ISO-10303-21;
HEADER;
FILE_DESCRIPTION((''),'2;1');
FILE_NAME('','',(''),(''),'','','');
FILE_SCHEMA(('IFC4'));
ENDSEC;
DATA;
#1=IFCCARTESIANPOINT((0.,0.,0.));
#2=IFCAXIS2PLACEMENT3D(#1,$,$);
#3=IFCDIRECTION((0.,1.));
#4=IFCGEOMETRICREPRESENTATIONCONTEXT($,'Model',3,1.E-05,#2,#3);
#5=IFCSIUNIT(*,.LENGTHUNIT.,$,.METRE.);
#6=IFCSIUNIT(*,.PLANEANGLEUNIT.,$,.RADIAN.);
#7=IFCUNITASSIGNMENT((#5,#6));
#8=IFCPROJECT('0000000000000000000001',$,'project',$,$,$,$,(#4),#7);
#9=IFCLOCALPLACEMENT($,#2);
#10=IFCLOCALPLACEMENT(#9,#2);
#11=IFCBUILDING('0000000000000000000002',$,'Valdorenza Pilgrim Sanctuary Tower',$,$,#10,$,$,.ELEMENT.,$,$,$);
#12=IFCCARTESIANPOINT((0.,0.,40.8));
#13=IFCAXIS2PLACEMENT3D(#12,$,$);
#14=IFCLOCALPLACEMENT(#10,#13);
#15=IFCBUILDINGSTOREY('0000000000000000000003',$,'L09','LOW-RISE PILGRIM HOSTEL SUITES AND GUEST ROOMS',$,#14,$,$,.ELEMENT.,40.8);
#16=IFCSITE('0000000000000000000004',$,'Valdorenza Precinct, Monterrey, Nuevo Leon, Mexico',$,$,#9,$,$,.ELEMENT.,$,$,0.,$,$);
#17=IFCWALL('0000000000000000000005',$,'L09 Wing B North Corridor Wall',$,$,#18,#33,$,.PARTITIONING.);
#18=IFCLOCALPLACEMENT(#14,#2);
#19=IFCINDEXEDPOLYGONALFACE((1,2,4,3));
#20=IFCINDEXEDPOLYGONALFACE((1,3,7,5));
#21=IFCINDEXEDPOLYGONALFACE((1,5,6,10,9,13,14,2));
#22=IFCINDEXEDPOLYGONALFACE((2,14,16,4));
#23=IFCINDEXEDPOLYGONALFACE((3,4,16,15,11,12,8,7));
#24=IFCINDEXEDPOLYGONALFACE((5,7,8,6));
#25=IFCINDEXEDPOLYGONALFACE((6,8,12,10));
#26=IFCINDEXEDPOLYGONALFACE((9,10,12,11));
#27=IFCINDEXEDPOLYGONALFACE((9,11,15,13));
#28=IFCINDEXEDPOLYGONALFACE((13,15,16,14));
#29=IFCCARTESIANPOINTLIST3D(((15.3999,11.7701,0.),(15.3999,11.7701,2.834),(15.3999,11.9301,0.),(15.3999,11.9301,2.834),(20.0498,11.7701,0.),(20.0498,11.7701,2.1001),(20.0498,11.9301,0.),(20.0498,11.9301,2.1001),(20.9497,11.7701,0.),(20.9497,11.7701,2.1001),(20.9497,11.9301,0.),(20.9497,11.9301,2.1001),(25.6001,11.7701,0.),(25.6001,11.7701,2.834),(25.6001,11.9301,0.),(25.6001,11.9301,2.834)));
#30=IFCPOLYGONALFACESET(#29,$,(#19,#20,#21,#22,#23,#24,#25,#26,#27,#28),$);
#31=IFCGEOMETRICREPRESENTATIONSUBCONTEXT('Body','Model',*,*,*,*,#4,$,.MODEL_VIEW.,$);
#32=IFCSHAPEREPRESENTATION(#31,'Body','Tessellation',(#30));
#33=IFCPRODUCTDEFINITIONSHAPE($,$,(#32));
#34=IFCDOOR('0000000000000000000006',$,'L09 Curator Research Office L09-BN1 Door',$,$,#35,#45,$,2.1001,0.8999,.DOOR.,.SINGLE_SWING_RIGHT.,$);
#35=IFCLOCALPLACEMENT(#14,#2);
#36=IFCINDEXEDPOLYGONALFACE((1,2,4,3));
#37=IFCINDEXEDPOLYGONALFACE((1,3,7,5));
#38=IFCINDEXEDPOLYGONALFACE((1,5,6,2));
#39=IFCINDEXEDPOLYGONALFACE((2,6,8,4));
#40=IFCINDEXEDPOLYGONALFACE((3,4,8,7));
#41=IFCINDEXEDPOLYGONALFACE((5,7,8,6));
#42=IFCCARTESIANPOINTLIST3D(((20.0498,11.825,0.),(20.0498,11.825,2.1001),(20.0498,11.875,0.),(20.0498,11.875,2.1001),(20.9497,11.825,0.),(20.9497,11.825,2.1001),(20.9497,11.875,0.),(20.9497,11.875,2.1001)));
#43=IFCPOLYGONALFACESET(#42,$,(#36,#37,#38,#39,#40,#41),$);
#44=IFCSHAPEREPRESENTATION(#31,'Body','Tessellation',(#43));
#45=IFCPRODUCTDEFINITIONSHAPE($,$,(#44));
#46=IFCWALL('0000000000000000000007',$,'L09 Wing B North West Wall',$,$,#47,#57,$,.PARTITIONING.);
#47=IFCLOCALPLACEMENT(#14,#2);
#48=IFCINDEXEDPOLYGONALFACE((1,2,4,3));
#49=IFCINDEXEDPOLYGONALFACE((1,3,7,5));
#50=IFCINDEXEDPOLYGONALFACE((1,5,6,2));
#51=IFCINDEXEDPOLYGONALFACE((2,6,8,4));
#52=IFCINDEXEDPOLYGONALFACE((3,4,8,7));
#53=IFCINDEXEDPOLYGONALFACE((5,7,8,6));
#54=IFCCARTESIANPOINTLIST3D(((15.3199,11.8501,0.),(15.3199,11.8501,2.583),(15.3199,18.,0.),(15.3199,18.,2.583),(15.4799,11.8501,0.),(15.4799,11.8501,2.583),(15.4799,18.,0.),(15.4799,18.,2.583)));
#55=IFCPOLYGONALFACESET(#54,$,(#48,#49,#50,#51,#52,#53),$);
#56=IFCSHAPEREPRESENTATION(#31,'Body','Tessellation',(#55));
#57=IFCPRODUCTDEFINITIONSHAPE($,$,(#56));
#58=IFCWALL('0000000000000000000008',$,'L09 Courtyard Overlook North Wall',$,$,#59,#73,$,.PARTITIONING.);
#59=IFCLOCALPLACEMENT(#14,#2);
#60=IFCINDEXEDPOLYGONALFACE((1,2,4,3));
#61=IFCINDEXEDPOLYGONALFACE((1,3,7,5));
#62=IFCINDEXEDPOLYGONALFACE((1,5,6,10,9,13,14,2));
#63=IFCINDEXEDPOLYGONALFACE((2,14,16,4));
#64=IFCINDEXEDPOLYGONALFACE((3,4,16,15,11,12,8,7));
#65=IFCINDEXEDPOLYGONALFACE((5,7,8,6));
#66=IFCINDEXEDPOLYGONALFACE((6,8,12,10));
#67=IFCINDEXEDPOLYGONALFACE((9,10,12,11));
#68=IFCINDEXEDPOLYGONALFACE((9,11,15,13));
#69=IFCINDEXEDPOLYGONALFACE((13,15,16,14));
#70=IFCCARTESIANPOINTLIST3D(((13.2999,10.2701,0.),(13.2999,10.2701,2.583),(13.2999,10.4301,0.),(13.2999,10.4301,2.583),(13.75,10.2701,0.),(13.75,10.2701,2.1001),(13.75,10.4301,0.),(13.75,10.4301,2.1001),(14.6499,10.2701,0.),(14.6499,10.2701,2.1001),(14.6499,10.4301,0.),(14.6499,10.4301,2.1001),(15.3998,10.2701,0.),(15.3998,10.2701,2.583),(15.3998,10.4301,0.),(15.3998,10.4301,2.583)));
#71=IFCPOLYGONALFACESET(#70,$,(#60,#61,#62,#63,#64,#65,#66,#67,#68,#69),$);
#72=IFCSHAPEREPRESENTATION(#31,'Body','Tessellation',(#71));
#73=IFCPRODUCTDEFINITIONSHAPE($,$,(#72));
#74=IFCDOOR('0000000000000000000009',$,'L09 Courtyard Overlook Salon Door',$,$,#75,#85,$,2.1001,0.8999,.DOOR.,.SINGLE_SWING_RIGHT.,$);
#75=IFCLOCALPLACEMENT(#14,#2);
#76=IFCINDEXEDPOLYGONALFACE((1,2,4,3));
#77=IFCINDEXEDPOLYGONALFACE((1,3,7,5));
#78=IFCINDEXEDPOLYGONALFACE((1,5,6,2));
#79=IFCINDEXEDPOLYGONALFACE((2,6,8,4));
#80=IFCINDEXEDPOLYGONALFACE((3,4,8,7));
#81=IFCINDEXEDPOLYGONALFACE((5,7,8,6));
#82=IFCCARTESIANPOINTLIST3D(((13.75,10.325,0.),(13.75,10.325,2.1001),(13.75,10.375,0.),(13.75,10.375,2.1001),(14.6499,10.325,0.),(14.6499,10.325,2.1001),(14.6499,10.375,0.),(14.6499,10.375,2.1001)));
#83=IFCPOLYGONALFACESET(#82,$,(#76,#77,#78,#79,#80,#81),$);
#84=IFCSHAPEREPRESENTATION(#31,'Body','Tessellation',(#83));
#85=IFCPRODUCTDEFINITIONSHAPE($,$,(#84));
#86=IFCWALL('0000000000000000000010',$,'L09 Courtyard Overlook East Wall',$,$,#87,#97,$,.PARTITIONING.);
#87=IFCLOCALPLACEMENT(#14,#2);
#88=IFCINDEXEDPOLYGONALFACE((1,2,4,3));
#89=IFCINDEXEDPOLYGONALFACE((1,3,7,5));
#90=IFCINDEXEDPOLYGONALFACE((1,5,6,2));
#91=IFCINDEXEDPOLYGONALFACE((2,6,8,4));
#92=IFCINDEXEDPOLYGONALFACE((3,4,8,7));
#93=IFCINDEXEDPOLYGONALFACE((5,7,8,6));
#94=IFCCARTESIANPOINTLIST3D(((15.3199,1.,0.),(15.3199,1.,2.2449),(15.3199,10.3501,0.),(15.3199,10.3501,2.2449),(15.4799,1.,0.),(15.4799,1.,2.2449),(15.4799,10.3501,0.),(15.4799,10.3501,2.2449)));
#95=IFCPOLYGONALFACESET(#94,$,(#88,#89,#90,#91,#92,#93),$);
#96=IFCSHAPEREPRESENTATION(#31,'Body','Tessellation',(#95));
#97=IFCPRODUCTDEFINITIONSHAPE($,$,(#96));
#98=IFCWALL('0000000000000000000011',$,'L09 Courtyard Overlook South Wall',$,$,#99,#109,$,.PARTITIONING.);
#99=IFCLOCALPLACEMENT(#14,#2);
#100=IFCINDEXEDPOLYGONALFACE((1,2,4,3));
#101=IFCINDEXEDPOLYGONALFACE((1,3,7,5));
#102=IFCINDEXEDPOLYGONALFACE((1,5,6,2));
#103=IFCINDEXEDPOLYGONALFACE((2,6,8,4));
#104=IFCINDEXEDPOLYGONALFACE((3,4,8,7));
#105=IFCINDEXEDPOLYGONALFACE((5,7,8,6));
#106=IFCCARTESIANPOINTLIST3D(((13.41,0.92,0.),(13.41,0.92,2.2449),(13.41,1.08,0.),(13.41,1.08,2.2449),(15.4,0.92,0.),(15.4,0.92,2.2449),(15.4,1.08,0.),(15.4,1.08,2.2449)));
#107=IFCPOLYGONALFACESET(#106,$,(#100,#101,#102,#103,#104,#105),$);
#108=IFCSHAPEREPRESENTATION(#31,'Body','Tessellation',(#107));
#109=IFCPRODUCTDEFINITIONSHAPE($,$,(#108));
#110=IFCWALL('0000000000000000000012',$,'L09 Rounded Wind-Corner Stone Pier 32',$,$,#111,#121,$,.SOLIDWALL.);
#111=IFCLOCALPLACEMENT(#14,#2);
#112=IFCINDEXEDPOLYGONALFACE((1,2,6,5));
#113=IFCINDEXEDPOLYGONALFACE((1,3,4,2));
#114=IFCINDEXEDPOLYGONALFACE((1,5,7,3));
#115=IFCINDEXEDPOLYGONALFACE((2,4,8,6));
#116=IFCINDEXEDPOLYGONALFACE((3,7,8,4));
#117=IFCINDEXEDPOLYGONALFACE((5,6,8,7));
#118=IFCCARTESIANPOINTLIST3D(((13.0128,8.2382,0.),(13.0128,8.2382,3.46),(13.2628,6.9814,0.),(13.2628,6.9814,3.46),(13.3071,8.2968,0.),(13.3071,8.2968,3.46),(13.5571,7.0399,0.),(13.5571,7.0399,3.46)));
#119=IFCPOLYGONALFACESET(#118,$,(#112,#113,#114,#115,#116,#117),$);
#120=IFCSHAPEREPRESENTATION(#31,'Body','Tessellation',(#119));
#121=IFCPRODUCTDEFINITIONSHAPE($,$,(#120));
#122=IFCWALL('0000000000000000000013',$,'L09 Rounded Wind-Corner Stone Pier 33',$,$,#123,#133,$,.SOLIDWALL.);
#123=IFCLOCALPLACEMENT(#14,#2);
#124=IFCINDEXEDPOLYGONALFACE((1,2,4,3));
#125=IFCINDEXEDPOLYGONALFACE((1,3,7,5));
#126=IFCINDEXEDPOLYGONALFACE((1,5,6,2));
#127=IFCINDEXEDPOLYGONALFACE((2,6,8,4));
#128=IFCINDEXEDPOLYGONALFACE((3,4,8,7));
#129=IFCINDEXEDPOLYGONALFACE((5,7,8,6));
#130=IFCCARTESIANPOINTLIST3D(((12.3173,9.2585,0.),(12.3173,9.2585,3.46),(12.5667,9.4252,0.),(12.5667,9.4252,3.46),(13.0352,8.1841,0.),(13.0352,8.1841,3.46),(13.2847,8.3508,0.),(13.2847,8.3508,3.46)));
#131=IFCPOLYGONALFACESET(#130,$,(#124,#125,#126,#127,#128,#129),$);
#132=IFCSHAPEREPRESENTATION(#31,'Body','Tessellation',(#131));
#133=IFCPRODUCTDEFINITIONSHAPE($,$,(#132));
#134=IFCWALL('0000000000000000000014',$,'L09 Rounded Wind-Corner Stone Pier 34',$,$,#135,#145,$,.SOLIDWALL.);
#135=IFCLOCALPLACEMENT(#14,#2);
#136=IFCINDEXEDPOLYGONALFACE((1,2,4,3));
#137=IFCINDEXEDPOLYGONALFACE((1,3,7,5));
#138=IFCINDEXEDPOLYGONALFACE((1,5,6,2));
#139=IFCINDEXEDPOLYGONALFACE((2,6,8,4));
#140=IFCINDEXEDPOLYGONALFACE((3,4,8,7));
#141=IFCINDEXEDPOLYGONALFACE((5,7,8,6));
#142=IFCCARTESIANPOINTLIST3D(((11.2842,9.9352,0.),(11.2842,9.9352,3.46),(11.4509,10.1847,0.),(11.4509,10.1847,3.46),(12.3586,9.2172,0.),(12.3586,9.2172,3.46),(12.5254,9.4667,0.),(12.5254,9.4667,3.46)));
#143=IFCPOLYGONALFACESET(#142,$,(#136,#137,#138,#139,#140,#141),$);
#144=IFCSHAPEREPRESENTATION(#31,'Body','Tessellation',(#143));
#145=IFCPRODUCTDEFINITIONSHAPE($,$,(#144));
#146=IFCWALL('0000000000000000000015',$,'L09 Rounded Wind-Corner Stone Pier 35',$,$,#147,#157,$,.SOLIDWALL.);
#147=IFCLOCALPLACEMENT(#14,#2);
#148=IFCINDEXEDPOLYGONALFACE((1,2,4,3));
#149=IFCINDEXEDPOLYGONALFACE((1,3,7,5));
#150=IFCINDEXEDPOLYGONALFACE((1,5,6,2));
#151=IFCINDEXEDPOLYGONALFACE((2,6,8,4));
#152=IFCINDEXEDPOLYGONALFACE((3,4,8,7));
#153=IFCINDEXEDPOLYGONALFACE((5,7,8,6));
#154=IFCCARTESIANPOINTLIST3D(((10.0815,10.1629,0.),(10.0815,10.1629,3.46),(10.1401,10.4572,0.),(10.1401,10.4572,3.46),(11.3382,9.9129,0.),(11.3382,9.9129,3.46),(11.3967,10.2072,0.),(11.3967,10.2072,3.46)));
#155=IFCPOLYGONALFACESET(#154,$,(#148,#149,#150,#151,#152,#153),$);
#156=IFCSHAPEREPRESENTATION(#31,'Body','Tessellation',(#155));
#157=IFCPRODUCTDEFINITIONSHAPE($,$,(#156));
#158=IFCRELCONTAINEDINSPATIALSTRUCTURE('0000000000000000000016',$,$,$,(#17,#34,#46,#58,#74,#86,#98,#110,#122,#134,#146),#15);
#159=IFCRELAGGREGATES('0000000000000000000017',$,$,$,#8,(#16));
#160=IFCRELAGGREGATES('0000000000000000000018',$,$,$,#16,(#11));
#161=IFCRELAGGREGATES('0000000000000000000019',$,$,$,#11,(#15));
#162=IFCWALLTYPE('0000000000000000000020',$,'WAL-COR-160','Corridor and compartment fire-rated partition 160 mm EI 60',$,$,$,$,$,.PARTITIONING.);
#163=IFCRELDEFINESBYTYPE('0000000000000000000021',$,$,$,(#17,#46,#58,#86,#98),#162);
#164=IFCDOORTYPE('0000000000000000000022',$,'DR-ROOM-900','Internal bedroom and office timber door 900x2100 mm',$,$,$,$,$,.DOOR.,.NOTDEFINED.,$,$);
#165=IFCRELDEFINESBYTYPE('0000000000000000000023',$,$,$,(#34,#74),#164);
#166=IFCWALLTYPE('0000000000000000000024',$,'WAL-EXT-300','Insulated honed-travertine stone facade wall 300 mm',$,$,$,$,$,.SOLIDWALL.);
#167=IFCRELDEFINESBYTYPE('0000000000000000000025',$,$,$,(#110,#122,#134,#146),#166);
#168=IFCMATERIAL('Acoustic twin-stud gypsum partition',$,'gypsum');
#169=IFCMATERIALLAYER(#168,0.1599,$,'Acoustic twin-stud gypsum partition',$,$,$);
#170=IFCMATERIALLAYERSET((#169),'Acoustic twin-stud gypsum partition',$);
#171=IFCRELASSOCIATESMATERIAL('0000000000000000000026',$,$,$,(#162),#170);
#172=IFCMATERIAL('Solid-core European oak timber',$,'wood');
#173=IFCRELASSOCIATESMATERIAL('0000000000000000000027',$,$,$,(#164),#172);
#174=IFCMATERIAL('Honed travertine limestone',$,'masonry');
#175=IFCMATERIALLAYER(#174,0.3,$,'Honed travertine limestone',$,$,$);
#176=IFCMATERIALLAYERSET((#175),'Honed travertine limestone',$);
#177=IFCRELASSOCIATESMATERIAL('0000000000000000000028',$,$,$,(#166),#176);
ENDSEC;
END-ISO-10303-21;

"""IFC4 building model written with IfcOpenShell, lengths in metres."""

from ifc_helpers import new_model, si_unit, direction, frame, frame_2d, origin, place, context, subcontext, project, spatial, rectangle, extrude, material, layer, layer_set, type_object, element, fill, save


model = new_model("IFC4")

# Units and contexts
model_context = context("Model", 3, precision=1e-05, world=origin(), true_north=direction((0.0, 1.0)))
body_context = subcontext(model_context, "Body", "Model", "MODEL_VIEW")
ifc_project = project(units=[si_unit("LENGTHUNIT", "METRE"), si_unit("PLANEANGLEUNIT", "RADIAN")], contexts=[model_context])

# Site, building, storey
site_placement = place(None, origin())
site = spatial("IfcSite", under=ifc_project, at=site_placement, Name="Valdorenza Precinct, Monterrey, Nuevo Leon, Mexico", CompositionType="ELEMENT", RefElevation=0.0)
building_placement = place(site_placement, origin())
building = spatial("IfcBuilding", under=site, at=building_placement, Name="Valdorenza Pilgrim Sanctuary Tower", CompositionType="ELEMENT")
storey_placement = place(building_placement, frame((0.0, 0.0, 40.8)))
storey = spatial("IfcBuildingStorey", under=building, at=storey_placement, Name="L09", Description="LOW-RISE PILGRIM HOSTEL SUITES AND GUEST ROOMS", CompositionType="ELEMENT", Elevation=40.8)

# Shared definitions
ifc_material_1 = material(Name="Honed travertine limestone", Category="masonry")

# Shared definitions
ifc_material_2 = material(Name="Acoustic twin-stud gypsum partition", Category="gypsum")
ifc_layer_1 = layer(ifc_material_2, 0.1599, Name="Acoustic twin-stud gypsum partition")
ifc_layer_set_1 = layer_set([ifc_layer_1], Name="Acoustic twin-stud gypsum partition")
wall_type_1 = type_object("IfcWallType", Name="WAL-COR-160", Description="Corridor and compartment fire-rated partition 160 mm EI 60", PredefinedType="PARTITIONING", material=ifc_layer_set_1)

# Wall, opening, door
wall_1_placement = place(storey_placement, frame((15.3999, 11.8501, 0.0), z_axis=(0.0, 0.0, 1.0), x_axis=(1.0, 0.0, 0.0)))
wall_1 = element("IfcWall", 1, at=wall_1_placement, inside=storey, type_object=wall_type_1, Name="L09 Wing B North Corridor Wall", PredefinedType="PARTITIONING", context=body_context, shape_type="SweptSolid", body=[
    extrude(rectangle(XDim=10.2002, YDim=0.1599, at=frame_2d((5.1001, 0.0))), origin(), (0.0, 0.0, 1.0), 2.834),
])
opening_1_placement = place(wall_1_placement, frame((4.6499, 0.0, 0.0)))
opening_1 = element("IfcOpeningElement", 2, at=opening_1_placement, cuts=wall_1, PredefinedType="OPENING", context=body_context, shape_type="SweptSolid", body=[
    extrude(rectangle(XDim=0.8999, YDim=2.1001, at=frame_2d((0.45, 1.05))), frame((0.0, 0.0947, 0.0), z_axis=(0.0, -1.0, 0.0), x_axis=(1.0, 0.0, 0.0)), (0.0, 0.0, 1.0), 0.1897),
])
ifc_material_3 = material(Name="Solid-core European oak timber", Category="wood")
door_type = type_object("IfcDoorType", Name="DR-ROOM-900", Description="Internal bedroom and office timber door 900x2100 mm", OperationType="NOTDEFINED", PredefinedType="DOOR", material=ifc_material_3)
door_1_placement = place(opening_1_placement, origin())
door_1 = element("IfcDoor", 3, at=door_1_placement, inside=storey, type_object=door_type, Name="L09 Curator Research Office L09-BN1 Door", OperationType="SINGLE_SWING_RIGHT", OverallHeight=2.1001, OverallWidth=0.8999, PredefinedType="DOOR", context=body_context, shape_type="SweptSolid", body=[
    extrude(rectangle(XDim=0.8999, YDim=2.1001, at=frame_2d((0.45, 1.05))), frame((0.0, 0.0249, 0.0), z_axis=(0.0, -1.0, 0.0), x_axis=(1.0, 0.0, 0.0)), (0.0, 0.0, 1.0), 0.05),
])
fill(opening_1, door_1)

# Wall
wall_2_placement = place(storey_placement, frame((15.3999, 11.8501, 0.0), z_axis=(0.0, 0.0, 1.0), x_axis=(0.0, 1.0, 0.0)))
element("IfcWall", 4, at=wall_2_placement, inside=storey, type_object=wall_type_1, Name="L09 Wing B North West Wall", PredefinedType="PARTITIONING", context=body_context, shape_type="SweptSolid", body=[
    extrude(rectangle(XDim=6.1499, YDim=0.1599, at=frame_2d((3.075, 0.0))), origin(), (0.0, 0.0, 1.0), 2.583),
])

# Wall, opening, door
wall_3_placement = place(storey_placement, frame((13.3, 10.3501, 0.0), z_axis=(0.0, 0.0, 1.0), x_axis=(1.0, 0.0, 0.0)))
wall_3 = element("IfcWall", 5, at=wall_3_placement, inside=storey, type_object=wall_type_1, Name="L09 Courtyard Overlook North Wall", PredefinedType="PARTITIONING", context=body_context, shape_type="SweptSolid", body=[
    extrude(rectangle(XDim=2.0999, YDim=0.1599, at=frame_2d((1.0498, 0.0))), origin(), (0.0, 0.0, 1.0), 2.583),
])
opening_2_placement = place(wall_3_placement, frame((0.45, 0.0, 0.0)))
opening_2 = element("IfcOpeningElement", 6, at=opening_2_placement, cuts=wall_3, PredefinedType="OPENING", context=body_context, shape_type="SweptSolid", body=[
    extrude(rectangle(XDim=0.8999, YDim=2.1001, at=frame_2d((0.45, 1.05))), frame((0.0, 0.0947, 0.0), z_axis=(0.0, -1.0, 0.0), x_axis=(1.0, 0.0, 0.0)), (0.0, 0.0, 1.0), 0.1897),
])
door_2_placement = place(opening_2_placement, origin())
door_2 = element("IfcDoor", 7, at=door_2_placement, inside=storey, type_object=door_type, Name="L09 Courtyard Overlook Salon Door", OperationType="SINGLE_SWING_RIGHT", OverallHeight=2.1001, OverallWidth=0.8999, PredefinedType="DOOR", context=body_context, shape_type="SweptSolid", body=[
    extrude(rectangle(XDim=0.8999, YDim=2.1001, at=frame_2d((0.45, 1.05))), frame((0.0, 0.0249, 0.0), z_axis=(0.0, -1.0, 0.0), x_axis=(1.0, 0.0, 0.0)), (0.0, 0.0, 1.0), 0.05),
])
fill(opening_2, door_2)

# Walls
wall_4_placement = place(storey_placement, frame((15.3999, 1.0, 0.0), z_axis=(0.0, 0.0, 1.0), x_axis=(0.0, 1.0, 0.0)))
element("IfcWall", 8, at=wall_4_placement, inside=storey, type_object=wall_type_1, Name="L09 Courtyard Overlook East Wall", PredefinedType="PARTITIONING", context=body_context, shape_type="SweptSolid", body=[
    extrude(rectangle(XDim=9.3501, YDim=0.1599, at=frame_2d((4.675, 0.0))), origin(), (0.0, 0.0, 1.0), 2.2449),
])
wall_5_placement = place(storey_placement, frame((13.4099, 1.0, 0.0), z_axis=(0.0, 0.0, 1.0), x_axis=(1.0, 0.0, 0.0)))
element("IfcWall", 9, at=wall_5_placement, inside=storey, type_object=wall_type_1, Name="L09 Courtyard Overlook South Wall", PredefinedType="PARTITIONING", context=body_context, shape_type="SweptSolid", body=[
    extrude(rectangle(XDim=1.99, YDim=0.1599, at=frame_2d((0.9951, 0.0))), origin(), (0.0, 0.0, 1.0), 2.2449),
])
ifc_layer_2 = layer(ifc_material_1, 0.3, Name="Honed travertine limestone")
ifc_layer_set_2 = layer_set([ifc_layer_2], Name="Honed travertine limestone")
wall_type_2 = type_object("IfcWallType", Name="WAL-EXT-300", Description="Insulated honed-travertine stone facade wall 300 mm", PredefinedType="SOLIDWALL", material=ifc_layer_set_2)
wall_6_placement = place(storey_placement, frame((13.4099, 7.0107, 0.0), z_axis=(0.0, 0.0, 1.0), x_axis=(-0.19509, 0.980785, 0.0)))
element("IfcWall", 10, at=wall_6_placement, inside=storey, type_object=wall_type_2, Name="L09 Rounded Wind-Corner Stone Pier 32", PredefinedType="SOLIDWALL", context=body_context, shape_type="SweptSolid", body=[
    extrude(rectangle(XDim=1.2815, YDim=0.3, at=frame_2d((0.6406, 0.0))), origin(), (0.0, 0.0, 1.0), 3.46),
])
for number, where, z_axis, x_axis, name in (
    (11, (13.1599, 8.2676, 0.0), (0.0, 0.0, 1.0), (-0.555615, 0.831439, 0.0), "L09 Rounded Wind-Corner Stone Pier 33"),
    (12, (12.4419, 9.342, 0.0), (0.0, 0.0, 1.0), (-0.831439, 0.555615, 0.0), "L09 Rounded Wind-Corner Stone Pier 34"),
):
    element("IfcWall", number, at=place(storey_placement, frame(where, z_axis=z_axis, x_axis=x_axis)), inside=storey, type_object=wall_type_2, Name=name, PredefinedType="SOLIDWALL", context=body_context, shape_type="SweptSolid", body=[
        extrude(rectangle(XDim=1.2922, YDim=0.3, at=frame_2d((0.646, 0.0))), origin(), (0.0, 0.0, 1.0), 3.46),
    ])
wall_7_placement = place(storey_placement, frame((11.3674, 10.0601, 0.0), z_axis=(0.0, 0.0, 1.0), x_axis=(-0.980778, 0.195127, 0.0)))
element("IfcWall", 13, at=wall_7_placement, inside=storey, type_object=wall_type_2, Name="L09 Rounded Wind-Corner Stone Pier 35", PredefinedType="SOLIDWALL", context=body_context, shape_type="SweptSolid", body=[
    extrude(rectangle(XDim=1.2812, YDim=0.3, at=frame_2d((0.6406, 0.0))), origin(), (0.0, 0.0, 1.0), 3.46),
])

save(model, "model.ifc")
